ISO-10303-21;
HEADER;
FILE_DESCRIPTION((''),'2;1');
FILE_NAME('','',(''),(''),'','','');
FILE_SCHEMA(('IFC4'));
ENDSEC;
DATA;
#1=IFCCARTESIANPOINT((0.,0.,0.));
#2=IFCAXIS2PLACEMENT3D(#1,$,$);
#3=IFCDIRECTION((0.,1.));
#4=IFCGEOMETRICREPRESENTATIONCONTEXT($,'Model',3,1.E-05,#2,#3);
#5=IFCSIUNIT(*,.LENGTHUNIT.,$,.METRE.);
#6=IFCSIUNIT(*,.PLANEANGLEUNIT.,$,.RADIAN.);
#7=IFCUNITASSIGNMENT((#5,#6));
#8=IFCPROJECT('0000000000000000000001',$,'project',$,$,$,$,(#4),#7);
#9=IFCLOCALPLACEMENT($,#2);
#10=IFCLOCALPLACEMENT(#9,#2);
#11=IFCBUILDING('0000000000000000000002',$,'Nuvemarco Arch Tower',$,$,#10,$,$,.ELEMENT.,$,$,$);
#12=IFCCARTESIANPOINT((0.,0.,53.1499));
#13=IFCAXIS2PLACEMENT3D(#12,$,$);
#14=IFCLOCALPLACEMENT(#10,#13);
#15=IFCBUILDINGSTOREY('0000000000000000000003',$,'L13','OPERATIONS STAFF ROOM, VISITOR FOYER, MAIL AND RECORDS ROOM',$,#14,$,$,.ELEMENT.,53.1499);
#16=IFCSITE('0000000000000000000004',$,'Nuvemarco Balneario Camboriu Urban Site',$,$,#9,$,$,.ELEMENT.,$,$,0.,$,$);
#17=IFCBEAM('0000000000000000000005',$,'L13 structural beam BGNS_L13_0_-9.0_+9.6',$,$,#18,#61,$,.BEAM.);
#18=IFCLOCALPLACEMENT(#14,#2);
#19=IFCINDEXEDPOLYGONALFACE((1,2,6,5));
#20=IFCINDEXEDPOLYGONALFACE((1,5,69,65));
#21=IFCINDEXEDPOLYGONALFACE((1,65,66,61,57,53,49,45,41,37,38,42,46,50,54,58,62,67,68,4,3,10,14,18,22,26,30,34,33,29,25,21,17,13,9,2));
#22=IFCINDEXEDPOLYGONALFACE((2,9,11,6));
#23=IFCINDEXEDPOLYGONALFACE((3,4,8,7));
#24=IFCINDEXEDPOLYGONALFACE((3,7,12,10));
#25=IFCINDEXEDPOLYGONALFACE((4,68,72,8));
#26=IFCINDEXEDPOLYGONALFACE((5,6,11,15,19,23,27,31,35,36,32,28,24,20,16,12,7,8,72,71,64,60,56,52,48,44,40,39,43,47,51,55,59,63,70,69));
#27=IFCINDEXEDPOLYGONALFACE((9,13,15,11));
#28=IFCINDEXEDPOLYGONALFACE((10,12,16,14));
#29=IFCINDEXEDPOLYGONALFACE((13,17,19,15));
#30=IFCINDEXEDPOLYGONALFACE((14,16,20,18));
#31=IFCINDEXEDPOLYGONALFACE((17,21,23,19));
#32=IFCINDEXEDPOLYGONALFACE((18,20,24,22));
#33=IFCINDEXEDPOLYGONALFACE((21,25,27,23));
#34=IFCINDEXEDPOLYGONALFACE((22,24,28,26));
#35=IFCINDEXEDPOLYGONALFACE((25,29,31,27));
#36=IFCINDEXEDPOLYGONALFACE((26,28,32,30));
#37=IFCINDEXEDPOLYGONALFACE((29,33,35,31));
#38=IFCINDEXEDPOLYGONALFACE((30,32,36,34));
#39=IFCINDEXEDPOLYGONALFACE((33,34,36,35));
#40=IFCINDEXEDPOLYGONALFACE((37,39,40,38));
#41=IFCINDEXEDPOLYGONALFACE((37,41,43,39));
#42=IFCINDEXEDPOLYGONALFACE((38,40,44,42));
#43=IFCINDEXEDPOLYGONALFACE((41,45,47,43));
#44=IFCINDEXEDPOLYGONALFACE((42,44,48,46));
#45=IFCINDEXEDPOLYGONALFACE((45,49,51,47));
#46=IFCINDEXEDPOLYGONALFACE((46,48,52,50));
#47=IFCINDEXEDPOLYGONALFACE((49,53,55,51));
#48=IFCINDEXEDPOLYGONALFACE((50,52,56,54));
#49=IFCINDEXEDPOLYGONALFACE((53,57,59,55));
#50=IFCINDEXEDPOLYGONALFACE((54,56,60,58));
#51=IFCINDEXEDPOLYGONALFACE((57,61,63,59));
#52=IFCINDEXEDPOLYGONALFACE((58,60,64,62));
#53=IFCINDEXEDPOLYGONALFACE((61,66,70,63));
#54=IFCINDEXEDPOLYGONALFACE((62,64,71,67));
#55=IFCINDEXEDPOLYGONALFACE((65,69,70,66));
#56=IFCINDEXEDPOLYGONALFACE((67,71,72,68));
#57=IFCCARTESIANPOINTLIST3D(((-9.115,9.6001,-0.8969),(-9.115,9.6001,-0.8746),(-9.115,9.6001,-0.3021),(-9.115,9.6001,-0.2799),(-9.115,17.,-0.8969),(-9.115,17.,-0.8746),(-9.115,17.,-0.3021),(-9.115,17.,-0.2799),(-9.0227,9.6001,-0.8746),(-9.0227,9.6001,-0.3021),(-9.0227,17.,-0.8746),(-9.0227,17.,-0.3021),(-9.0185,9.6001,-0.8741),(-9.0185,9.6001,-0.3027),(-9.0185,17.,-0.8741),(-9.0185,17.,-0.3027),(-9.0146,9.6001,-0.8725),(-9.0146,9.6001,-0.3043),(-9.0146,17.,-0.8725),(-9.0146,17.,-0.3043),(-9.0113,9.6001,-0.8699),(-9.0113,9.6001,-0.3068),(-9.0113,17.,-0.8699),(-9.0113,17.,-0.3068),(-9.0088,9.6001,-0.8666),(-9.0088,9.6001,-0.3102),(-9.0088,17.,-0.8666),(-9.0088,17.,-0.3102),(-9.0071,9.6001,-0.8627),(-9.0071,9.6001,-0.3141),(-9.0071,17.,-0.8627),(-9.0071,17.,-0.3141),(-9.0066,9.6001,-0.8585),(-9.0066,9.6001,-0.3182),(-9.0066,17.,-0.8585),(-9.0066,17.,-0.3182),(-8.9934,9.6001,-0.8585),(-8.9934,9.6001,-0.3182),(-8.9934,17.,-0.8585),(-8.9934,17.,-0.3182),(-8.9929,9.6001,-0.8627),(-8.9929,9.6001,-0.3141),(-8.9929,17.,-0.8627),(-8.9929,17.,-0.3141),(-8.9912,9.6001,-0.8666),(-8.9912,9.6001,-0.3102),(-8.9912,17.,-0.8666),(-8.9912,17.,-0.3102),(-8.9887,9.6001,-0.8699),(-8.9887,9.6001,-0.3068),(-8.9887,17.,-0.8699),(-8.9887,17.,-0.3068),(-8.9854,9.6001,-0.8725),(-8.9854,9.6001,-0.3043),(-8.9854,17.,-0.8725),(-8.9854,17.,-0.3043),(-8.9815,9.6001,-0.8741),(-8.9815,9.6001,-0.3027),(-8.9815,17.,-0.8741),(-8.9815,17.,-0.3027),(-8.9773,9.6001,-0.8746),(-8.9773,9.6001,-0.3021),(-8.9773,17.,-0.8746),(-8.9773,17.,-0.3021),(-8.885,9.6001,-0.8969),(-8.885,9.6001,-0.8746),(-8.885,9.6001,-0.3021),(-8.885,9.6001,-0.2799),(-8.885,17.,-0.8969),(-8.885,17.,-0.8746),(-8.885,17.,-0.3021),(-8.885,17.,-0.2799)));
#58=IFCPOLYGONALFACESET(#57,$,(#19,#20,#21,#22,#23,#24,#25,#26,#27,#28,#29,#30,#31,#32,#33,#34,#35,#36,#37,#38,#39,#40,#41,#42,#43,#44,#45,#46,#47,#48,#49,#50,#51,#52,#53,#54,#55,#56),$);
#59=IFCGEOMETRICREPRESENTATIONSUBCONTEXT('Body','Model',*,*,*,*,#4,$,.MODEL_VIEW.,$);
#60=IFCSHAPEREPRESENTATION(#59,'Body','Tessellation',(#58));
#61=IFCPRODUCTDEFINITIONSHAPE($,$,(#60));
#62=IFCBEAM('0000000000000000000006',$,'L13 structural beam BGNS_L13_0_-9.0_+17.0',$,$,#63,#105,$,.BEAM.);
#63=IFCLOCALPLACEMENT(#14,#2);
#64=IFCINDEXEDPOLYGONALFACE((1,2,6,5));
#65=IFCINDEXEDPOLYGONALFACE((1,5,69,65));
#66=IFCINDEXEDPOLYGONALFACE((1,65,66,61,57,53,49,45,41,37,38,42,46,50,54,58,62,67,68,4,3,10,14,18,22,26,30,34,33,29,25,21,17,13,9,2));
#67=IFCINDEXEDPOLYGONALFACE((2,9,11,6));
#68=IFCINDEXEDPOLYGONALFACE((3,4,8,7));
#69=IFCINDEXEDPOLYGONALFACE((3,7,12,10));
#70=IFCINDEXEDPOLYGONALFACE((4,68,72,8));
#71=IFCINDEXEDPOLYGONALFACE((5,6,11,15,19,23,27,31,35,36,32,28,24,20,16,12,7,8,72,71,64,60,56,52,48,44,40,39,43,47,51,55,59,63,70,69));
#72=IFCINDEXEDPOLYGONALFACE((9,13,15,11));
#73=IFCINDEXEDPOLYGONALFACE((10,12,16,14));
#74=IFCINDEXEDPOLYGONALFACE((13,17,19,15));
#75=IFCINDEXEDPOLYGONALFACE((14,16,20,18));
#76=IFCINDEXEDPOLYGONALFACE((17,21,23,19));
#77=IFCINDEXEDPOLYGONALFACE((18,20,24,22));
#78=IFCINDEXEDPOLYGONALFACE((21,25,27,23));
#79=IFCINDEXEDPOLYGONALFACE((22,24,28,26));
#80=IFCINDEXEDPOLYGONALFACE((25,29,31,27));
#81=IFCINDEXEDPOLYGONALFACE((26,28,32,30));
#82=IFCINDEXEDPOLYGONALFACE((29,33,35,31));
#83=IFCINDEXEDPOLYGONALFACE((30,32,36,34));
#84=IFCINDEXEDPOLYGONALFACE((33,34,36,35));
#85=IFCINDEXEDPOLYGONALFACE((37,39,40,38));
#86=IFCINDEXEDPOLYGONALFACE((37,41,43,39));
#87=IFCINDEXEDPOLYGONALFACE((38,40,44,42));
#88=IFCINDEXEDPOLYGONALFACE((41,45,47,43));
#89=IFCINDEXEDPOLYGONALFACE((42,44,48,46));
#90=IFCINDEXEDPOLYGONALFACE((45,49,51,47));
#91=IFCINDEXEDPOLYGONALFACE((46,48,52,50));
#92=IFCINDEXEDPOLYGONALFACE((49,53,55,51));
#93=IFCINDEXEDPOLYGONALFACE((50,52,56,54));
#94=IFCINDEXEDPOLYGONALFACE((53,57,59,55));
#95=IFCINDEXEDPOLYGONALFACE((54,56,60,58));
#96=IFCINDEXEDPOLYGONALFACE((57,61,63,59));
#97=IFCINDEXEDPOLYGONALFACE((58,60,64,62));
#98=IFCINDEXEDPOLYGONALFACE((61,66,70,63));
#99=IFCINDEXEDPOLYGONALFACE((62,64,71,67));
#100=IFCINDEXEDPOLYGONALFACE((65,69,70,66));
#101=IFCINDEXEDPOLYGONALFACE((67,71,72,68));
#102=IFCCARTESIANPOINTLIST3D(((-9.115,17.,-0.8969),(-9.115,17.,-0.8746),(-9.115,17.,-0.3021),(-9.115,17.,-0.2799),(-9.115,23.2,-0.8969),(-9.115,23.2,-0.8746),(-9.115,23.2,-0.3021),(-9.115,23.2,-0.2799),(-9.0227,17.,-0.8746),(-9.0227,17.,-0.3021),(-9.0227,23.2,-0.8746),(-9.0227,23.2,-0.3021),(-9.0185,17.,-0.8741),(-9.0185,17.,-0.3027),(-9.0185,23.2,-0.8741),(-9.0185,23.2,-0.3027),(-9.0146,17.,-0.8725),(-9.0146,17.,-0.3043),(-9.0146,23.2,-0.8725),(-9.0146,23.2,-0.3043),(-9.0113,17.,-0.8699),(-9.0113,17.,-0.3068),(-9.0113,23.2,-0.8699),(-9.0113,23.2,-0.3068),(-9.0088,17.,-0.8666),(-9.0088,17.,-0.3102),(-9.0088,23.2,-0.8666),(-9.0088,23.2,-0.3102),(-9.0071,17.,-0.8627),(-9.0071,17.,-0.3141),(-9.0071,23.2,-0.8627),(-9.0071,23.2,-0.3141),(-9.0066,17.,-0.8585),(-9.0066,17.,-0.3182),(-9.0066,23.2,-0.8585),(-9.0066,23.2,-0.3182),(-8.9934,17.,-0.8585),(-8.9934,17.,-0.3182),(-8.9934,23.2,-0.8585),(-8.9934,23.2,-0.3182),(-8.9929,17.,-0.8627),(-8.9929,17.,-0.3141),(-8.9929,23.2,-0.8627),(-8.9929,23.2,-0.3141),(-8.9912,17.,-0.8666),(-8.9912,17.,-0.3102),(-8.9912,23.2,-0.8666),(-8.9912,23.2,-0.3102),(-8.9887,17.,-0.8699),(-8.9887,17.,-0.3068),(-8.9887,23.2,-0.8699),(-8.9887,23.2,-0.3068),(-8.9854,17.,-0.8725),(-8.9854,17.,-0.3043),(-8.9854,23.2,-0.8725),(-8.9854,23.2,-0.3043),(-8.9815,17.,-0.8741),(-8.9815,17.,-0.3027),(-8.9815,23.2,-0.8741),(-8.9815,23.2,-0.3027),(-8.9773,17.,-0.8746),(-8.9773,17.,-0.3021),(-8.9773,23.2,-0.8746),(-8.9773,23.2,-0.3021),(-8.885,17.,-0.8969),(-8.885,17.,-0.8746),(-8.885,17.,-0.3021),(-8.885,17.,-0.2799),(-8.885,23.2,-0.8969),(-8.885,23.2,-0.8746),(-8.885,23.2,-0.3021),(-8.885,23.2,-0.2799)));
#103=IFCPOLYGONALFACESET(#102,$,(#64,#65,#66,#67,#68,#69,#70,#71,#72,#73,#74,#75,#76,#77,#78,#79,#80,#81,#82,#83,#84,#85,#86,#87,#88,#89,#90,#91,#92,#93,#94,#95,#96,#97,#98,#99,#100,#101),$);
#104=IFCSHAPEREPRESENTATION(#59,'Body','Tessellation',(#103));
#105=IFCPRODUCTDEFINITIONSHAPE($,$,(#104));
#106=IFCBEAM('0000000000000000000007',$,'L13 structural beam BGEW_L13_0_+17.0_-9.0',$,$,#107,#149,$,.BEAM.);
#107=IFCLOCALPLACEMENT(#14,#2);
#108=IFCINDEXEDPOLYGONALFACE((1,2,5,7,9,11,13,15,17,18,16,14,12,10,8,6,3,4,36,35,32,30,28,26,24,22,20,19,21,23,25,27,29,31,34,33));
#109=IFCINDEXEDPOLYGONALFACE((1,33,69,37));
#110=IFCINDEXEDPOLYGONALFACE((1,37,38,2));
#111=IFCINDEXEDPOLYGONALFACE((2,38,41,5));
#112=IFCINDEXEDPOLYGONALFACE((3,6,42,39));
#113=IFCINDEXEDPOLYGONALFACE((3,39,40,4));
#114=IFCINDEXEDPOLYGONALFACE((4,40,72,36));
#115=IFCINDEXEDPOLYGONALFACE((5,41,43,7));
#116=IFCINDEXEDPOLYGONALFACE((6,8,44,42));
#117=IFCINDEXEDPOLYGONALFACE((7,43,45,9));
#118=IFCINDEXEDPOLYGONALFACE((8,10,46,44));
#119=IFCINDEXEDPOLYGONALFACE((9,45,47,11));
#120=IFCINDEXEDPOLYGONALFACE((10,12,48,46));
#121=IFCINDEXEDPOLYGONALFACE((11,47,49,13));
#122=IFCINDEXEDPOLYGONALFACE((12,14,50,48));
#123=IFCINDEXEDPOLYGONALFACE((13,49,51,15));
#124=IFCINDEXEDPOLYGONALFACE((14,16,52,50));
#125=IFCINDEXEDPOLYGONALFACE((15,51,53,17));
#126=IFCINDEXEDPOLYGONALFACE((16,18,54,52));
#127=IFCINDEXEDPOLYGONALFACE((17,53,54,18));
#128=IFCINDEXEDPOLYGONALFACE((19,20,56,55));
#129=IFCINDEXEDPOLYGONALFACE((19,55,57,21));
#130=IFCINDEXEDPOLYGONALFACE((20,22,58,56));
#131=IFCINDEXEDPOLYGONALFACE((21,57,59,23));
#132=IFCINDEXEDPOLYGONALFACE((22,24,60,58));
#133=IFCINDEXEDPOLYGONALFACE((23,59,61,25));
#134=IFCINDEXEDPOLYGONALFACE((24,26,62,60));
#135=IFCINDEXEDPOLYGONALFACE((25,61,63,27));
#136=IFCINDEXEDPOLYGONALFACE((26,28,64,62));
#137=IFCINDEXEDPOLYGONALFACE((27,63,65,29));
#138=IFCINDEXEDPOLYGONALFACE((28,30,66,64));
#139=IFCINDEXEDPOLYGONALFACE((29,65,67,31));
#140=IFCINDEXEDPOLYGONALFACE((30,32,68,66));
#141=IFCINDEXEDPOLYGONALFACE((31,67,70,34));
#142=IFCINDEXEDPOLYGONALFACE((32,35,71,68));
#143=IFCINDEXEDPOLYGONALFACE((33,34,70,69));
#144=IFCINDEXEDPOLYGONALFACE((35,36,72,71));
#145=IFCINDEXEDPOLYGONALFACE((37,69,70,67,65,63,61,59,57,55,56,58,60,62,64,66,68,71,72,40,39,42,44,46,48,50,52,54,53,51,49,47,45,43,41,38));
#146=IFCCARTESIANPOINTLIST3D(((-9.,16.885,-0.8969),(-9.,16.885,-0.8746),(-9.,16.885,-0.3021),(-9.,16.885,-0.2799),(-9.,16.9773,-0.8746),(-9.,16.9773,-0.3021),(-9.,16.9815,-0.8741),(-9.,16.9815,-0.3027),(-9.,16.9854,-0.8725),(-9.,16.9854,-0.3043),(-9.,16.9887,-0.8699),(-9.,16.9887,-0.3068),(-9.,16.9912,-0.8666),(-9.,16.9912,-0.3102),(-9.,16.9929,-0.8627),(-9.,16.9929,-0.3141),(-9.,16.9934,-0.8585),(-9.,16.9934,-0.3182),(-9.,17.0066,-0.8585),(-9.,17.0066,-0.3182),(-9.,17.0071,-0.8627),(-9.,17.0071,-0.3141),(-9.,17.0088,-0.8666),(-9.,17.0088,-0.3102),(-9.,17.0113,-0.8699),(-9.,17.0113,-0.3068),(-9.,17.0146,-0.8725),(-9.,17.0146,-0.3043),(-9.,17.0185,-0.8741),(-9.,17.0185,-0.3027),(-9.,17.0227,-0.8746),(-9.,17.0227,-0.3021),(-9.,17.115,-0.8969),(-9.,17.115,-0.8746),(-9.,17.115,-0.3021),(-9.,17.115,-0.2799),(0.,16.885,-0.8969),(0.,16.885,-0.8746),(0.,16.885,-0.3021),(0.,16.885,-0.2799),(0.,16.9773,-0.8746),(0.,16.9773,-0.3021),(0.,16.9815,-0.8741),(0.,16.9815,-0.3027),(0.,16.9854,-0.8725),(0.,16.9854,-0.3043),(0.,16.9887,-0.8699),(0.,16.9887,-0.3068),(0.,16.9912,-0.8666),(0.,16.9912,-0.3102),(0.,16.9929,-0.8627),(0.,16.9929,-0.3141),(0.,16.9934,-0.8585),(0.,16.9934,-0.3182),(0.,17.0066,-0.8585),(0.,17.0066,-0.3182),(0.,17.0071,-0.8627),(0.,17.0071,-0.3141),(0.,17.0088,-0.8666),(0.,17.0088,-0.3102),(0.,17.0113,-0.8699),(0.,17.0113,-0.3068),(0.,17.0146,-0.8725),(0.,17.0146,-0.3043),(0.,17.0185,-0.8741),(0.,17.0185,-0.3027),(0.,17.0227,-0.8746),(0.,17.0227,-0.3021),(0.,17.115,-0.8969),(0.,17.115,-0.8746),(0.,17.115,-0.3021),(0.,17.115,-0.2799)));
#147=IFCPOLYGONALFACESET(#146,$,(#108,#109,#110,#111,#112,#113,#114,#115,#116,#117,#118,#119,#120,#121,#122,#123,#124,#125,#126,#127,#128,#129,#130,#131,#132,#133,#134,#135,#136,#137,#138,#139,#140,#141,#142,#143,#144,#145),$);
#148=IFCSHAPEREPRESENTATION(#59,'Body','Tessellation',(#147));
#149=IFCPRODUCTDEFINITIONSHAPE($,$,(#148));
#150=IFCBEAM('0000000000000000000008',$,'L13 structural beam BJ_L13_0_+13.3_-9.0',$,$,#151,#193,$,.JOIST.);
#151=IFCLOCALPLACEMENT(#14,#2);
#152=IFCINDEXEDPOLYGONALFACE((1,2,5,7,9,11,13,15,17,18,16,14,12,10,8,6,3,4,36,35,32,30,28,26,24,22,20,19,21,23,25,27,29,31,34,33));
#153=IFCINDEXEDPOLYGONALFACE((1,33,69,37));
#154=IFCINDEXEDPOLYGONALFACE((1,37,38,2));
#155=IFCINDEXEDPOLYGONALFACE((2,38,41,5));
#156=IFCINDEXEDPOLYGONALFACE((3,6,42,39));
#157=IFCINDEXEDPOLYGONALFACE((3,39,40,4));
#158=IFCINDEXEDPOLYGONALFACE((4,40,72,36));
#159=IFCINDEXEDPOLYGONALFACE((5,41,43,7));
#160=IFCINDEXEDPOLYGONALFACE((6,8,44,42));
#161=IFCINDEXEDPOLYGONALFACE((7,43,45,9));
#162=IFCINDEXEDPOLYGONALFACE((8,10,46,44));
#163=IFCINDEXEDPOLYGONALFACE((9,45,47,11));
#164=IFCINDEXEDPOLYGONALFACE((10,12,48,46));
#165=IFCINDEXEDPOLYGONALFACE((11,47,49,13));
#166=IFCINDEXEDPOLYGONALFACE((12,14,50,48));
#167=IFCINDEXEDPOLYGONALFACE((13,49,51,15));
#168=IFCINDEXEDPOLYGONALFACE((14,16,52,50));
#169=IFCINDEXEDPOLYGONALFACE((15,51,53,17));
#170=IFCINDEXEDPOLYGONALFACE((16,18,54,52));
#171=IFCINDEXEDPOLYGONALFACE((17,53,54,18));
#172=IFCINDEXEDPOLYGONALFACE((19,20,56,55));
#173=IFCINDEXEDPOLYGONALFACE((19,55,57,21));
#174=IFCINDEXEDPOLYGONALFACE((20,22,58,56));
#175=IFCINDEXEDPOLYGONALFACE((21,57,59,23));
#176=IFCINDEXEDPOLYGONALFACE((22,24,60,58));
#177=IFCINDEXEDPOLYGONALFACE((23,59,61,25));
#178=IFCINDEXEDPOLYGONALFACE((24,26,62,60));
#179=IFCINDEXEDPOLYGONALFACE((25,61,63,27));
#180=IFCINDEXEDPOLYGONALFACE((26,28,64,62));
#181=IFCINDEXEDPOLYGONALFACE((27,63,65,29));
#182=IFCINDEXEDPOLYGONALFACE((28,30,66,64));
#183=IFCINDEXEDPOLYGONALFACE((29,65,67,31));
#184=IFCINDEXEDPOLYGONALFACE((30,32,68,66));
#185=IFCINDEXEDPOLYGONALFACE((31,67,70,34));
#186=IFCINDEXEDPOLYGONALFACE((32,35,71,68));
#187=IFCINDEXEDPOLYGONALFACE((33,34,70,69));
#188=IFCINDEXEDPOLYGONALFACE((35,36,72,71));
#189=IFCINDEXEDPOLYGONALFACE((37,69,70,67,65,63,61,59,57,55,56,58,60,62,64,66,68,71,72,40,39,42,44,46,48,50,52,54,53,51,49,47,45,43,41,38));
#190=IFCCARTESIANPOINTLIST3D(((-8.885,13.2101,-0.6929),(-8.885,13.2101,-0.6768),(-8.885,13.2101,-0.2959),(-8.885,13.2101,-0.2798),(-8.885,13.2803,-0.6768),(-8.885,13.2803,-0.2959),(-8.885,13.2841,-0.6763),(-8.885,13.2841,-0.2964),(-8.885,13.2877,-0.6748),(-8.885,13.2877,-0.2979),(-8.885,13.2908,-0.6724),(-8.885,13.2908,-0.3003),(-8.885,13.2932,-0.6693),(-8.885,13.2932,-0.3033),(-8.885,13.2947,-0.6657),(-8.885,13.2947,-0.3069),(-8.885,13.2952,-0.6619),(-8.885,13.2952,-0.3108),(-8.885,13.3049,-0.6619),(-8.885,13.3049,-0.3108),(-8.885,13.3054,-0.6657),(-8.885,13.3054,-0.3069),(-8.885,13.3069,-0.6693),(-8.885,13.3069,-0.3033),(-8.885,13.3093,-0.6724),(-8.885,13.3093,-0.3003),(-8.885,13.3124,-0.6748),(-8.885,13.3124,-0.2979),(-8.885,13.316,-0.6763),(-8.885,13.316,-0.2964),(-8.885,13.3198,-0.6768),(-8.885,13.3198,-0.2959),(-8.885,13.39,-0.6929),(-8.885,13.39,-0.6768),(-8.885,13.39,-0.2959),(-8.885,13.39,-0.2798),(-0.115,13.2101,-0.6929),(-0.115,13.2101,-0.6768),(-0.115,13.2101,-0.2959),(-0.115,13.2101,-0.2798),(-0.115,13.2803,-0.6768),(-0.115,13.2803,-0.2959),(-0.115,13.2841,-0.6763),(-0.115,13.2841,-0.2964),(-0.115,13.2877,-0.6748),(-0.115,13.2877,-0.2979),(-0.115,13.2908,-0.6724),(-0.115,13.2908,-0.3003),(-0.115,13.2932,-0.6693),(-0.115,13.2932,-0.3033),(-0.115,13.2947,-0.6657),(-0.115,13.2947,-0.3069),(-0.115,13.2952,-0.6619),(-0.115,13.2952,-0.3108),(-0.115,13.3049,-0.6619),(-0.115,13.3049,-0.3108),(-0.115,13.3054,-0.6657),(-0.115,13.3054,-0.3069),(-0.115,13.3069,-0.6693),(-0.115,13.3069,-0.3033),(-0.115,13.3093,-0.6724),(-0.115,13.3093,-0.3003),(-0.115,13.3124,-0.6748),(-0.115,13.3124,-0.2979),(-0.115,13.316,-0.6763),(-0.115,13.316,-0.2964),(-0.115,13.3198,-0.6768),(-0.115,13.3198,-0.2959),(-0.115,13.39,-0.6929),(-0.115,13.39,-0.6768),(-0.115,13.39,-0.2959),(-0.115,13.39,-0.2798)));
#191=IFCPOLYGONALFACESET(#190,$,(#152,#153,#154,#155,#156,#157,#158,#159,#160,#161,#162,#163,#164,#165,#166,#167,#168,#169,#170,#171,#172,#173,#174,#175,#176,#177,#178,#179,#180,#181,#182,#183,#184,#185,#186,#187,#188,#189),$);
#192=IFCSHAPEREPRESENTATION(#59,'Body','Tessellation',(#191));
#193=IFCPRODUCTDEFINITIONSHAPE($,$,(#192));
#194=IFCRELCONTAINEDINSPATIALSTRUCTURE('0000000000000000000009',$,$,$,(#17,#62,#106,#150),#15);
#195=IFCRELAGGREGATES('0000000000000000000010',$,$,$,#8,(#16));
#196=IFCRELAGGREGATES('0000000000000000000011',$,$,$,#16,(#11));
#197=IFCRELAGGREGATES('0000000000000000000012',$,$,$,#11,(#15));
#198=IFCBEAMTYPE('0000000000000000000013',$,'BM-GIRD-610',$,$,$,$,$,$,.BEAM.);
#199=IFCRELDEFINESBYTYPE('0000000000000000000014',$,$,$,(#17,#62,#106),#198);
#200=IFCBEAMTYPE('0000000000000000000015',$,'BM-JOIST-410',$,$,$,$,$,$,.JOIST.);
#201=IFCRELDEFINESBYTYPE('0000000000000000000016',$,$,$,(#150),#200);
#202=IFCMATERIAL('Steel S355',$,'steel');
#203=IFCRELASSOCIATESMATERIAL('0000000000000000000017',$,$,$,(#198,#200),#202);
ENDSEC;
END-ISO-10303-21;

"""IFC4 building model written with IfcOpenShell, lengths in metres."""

from ifc_helpers import new_model, si_unit, direction, frame, origin, origin_2d, place, context, subcontext, project, spatial, i_section, extrude, material, material_profile, profile_set, type_object, element, save


model = new_model("IFC4")

# Units and contexts
model_context = context("Model", 3, precision=1e-05, world=origin(), true_north=direction((0.0, 1.0)))
body_context = subcontext(model_context, "Body", "Model", "MODEL_VIEW")
ifc_project = project(units=[si_unit("LENGTHUNIT", "METRE"), si_unit("PLANEANGLEUNIT", "RADIAN")], contexts=[model_context])

# Site, building, storey
site_placement = place(None, origin())
site = spatial("IfcSite", under=ifc_project, at=site_placement, Name="Nuvemarco Balneario Camboriu Urban Site", CompositionType="ELEMENT", RefElevation=0.0)
building_placement = place(site_placement, origin())
building = spatial("IfcBuilding", under=site, at=building_placement, Name="Nuvemarco Arch Tower", CompositionType="ELEMENT")
storey_placement = place(building_placement, frame((0.0, 0.0, 53.1499)))
storey = spatial("IfcBuildingStorey", under=building, at=storey_placement, Name="L13", Description="OPERATIONS STAFF ROOM, VISITOR FOYER, MAIL AND RECORDS ROOM", CompositionType="ELEMENT", Elevation=53.1499)

# Shared definitions
ifc_material_1 = material(Name="Steel S355", Category="steel")

# Beams
ifc_material_profile_1 = material_profile(ifc_material_1, i_section(OverallWidth=0.23, OverallDepth=0.6169, WebThickness=0.0132, FlangeThickness=0.0222, FilletRadius=0.0161, at=origin_2d()), Name="W610x140")
ifc_profile_set_1 = profile_set([ifc_material_profile_1], Name="Steel S355")
beam_type_1 = type_object("IfcBeamType", Name="BM-GIRD-610", PredefinedType="BEAM", material=ifc_profile_set_1)
beam_1_placement = place(storey_placement, frame((-9.0, 9.6001, -0.5884), z_axis=(0.0, 1.0, 0.0), x_axis=(-1.0, 0.0, 0.0)))
element("IfcBeam", 1, at=beam_1_placement, inside=storey, type_object=beam_type_1, Name="L13 structural beam BGNS_L13_0_-9.0_+9.6", PredefinedType="BEAM", context=body_context, shape_type="SweptSolid", body=[
    extrude(i_section(OverallWidth=0.23, OverallDepth=0.6169, WebThickness=0.0132, FlangeThickness=0.0222, FilletRadius=0.0161, at=origin_2d()), origin(), (0.0, 0.0, 1.0), 7.3999),
])
beam_2_placement = place(storey_placement, frame((-9.0, 17.0, -0.5884), z_axis=(0.0, 1.0, 0.0), x_axis=(-1.0, 0.0, 0.0)))
element("IfcBeam", 2, at=beam_2_placement, inside=storey, type_object=beam_type_1, Name="L13 structural beam BGNS_L13_0_-9.0_+17.0", PredefinedType="BEAM", context=body_context, shape_type="SweptSolid", body=[
    extrude(i_section(OverallWidth=0.23, OverallDepth=0.6169, WebThickness=0.0132, FlangeThickness=0.0222, FilletRadius=0.0161, at=origin_2d()), origin(), (0.0, 0.0, 1.0), 6.2),
])
beam_3_placement = place(storey_placement, frame((-9.0, 17.0, -0.5884), z_axis=(1.0, 0.0, 0.0), x_axis=(0.0, 1.0, 0.0)))
element("IfcBeam", 3, at=beam_3_placement, inside=storey, type_object=beam_type_1, Name="L13 structural beam BGEW_L13_0_+17.0_-9.0", PredefinedType="BEAM", context=body_context, shape_type="SweptSolid", body=[
    extrude(i_section(OverallWidth=0.23, OverallDepth=0.6169, WebThickness=0.0132, FlangeThickness=0.0222, FilletRadius=0.0161, at=origin_2d()), origin(), (0.0, 0.0, 1.0), 9.0),
])
ifc_material_profile_2 = material_profile(ifc_material_1, i_section(OverallWidth=0.1799, OverallDepth=0.4131, WebThickness=0.0098, FlangeThickness=0.0161, FilletRadius=0.0149, at=origin_2d()), Name="W410x75")
ifc_profile_set_2 = profile_set([ifc_material_profile_2], Name="Steel S355")
beam_type_2 = type_object("IfcBeamType", Name="BM-JOIST-410", PredefinedType="JOIST", material=ifc_profile_set_2)
beam_4_placement = place(storey_placement, frame((-8.885, 13.3, -0.4863), z_axis=(1.0, 0.0, 0.0), x_axis=(0.0, 1.0, 0.0)))
element("IfcBeam", 4, at=beam_4_placement, inside=storey, type_object=beam_type_2, Name="L13 structural beam BJ_L13_0_+13.3_-9.0", PredefinedType="JOIST", context=body_context, shape_type="SweptSolid", body=[
    extrude(i_section(OverallWidth=0.1799, OverallDepth=0.4131, WebThickness=0.0098, FlangeThickness=0.0161, FilletRadius=0.0149, at=origin_2d()), origin(), (0.0, 0.0, 1.0), 8.77),
])

save(model, "model.ifc")
